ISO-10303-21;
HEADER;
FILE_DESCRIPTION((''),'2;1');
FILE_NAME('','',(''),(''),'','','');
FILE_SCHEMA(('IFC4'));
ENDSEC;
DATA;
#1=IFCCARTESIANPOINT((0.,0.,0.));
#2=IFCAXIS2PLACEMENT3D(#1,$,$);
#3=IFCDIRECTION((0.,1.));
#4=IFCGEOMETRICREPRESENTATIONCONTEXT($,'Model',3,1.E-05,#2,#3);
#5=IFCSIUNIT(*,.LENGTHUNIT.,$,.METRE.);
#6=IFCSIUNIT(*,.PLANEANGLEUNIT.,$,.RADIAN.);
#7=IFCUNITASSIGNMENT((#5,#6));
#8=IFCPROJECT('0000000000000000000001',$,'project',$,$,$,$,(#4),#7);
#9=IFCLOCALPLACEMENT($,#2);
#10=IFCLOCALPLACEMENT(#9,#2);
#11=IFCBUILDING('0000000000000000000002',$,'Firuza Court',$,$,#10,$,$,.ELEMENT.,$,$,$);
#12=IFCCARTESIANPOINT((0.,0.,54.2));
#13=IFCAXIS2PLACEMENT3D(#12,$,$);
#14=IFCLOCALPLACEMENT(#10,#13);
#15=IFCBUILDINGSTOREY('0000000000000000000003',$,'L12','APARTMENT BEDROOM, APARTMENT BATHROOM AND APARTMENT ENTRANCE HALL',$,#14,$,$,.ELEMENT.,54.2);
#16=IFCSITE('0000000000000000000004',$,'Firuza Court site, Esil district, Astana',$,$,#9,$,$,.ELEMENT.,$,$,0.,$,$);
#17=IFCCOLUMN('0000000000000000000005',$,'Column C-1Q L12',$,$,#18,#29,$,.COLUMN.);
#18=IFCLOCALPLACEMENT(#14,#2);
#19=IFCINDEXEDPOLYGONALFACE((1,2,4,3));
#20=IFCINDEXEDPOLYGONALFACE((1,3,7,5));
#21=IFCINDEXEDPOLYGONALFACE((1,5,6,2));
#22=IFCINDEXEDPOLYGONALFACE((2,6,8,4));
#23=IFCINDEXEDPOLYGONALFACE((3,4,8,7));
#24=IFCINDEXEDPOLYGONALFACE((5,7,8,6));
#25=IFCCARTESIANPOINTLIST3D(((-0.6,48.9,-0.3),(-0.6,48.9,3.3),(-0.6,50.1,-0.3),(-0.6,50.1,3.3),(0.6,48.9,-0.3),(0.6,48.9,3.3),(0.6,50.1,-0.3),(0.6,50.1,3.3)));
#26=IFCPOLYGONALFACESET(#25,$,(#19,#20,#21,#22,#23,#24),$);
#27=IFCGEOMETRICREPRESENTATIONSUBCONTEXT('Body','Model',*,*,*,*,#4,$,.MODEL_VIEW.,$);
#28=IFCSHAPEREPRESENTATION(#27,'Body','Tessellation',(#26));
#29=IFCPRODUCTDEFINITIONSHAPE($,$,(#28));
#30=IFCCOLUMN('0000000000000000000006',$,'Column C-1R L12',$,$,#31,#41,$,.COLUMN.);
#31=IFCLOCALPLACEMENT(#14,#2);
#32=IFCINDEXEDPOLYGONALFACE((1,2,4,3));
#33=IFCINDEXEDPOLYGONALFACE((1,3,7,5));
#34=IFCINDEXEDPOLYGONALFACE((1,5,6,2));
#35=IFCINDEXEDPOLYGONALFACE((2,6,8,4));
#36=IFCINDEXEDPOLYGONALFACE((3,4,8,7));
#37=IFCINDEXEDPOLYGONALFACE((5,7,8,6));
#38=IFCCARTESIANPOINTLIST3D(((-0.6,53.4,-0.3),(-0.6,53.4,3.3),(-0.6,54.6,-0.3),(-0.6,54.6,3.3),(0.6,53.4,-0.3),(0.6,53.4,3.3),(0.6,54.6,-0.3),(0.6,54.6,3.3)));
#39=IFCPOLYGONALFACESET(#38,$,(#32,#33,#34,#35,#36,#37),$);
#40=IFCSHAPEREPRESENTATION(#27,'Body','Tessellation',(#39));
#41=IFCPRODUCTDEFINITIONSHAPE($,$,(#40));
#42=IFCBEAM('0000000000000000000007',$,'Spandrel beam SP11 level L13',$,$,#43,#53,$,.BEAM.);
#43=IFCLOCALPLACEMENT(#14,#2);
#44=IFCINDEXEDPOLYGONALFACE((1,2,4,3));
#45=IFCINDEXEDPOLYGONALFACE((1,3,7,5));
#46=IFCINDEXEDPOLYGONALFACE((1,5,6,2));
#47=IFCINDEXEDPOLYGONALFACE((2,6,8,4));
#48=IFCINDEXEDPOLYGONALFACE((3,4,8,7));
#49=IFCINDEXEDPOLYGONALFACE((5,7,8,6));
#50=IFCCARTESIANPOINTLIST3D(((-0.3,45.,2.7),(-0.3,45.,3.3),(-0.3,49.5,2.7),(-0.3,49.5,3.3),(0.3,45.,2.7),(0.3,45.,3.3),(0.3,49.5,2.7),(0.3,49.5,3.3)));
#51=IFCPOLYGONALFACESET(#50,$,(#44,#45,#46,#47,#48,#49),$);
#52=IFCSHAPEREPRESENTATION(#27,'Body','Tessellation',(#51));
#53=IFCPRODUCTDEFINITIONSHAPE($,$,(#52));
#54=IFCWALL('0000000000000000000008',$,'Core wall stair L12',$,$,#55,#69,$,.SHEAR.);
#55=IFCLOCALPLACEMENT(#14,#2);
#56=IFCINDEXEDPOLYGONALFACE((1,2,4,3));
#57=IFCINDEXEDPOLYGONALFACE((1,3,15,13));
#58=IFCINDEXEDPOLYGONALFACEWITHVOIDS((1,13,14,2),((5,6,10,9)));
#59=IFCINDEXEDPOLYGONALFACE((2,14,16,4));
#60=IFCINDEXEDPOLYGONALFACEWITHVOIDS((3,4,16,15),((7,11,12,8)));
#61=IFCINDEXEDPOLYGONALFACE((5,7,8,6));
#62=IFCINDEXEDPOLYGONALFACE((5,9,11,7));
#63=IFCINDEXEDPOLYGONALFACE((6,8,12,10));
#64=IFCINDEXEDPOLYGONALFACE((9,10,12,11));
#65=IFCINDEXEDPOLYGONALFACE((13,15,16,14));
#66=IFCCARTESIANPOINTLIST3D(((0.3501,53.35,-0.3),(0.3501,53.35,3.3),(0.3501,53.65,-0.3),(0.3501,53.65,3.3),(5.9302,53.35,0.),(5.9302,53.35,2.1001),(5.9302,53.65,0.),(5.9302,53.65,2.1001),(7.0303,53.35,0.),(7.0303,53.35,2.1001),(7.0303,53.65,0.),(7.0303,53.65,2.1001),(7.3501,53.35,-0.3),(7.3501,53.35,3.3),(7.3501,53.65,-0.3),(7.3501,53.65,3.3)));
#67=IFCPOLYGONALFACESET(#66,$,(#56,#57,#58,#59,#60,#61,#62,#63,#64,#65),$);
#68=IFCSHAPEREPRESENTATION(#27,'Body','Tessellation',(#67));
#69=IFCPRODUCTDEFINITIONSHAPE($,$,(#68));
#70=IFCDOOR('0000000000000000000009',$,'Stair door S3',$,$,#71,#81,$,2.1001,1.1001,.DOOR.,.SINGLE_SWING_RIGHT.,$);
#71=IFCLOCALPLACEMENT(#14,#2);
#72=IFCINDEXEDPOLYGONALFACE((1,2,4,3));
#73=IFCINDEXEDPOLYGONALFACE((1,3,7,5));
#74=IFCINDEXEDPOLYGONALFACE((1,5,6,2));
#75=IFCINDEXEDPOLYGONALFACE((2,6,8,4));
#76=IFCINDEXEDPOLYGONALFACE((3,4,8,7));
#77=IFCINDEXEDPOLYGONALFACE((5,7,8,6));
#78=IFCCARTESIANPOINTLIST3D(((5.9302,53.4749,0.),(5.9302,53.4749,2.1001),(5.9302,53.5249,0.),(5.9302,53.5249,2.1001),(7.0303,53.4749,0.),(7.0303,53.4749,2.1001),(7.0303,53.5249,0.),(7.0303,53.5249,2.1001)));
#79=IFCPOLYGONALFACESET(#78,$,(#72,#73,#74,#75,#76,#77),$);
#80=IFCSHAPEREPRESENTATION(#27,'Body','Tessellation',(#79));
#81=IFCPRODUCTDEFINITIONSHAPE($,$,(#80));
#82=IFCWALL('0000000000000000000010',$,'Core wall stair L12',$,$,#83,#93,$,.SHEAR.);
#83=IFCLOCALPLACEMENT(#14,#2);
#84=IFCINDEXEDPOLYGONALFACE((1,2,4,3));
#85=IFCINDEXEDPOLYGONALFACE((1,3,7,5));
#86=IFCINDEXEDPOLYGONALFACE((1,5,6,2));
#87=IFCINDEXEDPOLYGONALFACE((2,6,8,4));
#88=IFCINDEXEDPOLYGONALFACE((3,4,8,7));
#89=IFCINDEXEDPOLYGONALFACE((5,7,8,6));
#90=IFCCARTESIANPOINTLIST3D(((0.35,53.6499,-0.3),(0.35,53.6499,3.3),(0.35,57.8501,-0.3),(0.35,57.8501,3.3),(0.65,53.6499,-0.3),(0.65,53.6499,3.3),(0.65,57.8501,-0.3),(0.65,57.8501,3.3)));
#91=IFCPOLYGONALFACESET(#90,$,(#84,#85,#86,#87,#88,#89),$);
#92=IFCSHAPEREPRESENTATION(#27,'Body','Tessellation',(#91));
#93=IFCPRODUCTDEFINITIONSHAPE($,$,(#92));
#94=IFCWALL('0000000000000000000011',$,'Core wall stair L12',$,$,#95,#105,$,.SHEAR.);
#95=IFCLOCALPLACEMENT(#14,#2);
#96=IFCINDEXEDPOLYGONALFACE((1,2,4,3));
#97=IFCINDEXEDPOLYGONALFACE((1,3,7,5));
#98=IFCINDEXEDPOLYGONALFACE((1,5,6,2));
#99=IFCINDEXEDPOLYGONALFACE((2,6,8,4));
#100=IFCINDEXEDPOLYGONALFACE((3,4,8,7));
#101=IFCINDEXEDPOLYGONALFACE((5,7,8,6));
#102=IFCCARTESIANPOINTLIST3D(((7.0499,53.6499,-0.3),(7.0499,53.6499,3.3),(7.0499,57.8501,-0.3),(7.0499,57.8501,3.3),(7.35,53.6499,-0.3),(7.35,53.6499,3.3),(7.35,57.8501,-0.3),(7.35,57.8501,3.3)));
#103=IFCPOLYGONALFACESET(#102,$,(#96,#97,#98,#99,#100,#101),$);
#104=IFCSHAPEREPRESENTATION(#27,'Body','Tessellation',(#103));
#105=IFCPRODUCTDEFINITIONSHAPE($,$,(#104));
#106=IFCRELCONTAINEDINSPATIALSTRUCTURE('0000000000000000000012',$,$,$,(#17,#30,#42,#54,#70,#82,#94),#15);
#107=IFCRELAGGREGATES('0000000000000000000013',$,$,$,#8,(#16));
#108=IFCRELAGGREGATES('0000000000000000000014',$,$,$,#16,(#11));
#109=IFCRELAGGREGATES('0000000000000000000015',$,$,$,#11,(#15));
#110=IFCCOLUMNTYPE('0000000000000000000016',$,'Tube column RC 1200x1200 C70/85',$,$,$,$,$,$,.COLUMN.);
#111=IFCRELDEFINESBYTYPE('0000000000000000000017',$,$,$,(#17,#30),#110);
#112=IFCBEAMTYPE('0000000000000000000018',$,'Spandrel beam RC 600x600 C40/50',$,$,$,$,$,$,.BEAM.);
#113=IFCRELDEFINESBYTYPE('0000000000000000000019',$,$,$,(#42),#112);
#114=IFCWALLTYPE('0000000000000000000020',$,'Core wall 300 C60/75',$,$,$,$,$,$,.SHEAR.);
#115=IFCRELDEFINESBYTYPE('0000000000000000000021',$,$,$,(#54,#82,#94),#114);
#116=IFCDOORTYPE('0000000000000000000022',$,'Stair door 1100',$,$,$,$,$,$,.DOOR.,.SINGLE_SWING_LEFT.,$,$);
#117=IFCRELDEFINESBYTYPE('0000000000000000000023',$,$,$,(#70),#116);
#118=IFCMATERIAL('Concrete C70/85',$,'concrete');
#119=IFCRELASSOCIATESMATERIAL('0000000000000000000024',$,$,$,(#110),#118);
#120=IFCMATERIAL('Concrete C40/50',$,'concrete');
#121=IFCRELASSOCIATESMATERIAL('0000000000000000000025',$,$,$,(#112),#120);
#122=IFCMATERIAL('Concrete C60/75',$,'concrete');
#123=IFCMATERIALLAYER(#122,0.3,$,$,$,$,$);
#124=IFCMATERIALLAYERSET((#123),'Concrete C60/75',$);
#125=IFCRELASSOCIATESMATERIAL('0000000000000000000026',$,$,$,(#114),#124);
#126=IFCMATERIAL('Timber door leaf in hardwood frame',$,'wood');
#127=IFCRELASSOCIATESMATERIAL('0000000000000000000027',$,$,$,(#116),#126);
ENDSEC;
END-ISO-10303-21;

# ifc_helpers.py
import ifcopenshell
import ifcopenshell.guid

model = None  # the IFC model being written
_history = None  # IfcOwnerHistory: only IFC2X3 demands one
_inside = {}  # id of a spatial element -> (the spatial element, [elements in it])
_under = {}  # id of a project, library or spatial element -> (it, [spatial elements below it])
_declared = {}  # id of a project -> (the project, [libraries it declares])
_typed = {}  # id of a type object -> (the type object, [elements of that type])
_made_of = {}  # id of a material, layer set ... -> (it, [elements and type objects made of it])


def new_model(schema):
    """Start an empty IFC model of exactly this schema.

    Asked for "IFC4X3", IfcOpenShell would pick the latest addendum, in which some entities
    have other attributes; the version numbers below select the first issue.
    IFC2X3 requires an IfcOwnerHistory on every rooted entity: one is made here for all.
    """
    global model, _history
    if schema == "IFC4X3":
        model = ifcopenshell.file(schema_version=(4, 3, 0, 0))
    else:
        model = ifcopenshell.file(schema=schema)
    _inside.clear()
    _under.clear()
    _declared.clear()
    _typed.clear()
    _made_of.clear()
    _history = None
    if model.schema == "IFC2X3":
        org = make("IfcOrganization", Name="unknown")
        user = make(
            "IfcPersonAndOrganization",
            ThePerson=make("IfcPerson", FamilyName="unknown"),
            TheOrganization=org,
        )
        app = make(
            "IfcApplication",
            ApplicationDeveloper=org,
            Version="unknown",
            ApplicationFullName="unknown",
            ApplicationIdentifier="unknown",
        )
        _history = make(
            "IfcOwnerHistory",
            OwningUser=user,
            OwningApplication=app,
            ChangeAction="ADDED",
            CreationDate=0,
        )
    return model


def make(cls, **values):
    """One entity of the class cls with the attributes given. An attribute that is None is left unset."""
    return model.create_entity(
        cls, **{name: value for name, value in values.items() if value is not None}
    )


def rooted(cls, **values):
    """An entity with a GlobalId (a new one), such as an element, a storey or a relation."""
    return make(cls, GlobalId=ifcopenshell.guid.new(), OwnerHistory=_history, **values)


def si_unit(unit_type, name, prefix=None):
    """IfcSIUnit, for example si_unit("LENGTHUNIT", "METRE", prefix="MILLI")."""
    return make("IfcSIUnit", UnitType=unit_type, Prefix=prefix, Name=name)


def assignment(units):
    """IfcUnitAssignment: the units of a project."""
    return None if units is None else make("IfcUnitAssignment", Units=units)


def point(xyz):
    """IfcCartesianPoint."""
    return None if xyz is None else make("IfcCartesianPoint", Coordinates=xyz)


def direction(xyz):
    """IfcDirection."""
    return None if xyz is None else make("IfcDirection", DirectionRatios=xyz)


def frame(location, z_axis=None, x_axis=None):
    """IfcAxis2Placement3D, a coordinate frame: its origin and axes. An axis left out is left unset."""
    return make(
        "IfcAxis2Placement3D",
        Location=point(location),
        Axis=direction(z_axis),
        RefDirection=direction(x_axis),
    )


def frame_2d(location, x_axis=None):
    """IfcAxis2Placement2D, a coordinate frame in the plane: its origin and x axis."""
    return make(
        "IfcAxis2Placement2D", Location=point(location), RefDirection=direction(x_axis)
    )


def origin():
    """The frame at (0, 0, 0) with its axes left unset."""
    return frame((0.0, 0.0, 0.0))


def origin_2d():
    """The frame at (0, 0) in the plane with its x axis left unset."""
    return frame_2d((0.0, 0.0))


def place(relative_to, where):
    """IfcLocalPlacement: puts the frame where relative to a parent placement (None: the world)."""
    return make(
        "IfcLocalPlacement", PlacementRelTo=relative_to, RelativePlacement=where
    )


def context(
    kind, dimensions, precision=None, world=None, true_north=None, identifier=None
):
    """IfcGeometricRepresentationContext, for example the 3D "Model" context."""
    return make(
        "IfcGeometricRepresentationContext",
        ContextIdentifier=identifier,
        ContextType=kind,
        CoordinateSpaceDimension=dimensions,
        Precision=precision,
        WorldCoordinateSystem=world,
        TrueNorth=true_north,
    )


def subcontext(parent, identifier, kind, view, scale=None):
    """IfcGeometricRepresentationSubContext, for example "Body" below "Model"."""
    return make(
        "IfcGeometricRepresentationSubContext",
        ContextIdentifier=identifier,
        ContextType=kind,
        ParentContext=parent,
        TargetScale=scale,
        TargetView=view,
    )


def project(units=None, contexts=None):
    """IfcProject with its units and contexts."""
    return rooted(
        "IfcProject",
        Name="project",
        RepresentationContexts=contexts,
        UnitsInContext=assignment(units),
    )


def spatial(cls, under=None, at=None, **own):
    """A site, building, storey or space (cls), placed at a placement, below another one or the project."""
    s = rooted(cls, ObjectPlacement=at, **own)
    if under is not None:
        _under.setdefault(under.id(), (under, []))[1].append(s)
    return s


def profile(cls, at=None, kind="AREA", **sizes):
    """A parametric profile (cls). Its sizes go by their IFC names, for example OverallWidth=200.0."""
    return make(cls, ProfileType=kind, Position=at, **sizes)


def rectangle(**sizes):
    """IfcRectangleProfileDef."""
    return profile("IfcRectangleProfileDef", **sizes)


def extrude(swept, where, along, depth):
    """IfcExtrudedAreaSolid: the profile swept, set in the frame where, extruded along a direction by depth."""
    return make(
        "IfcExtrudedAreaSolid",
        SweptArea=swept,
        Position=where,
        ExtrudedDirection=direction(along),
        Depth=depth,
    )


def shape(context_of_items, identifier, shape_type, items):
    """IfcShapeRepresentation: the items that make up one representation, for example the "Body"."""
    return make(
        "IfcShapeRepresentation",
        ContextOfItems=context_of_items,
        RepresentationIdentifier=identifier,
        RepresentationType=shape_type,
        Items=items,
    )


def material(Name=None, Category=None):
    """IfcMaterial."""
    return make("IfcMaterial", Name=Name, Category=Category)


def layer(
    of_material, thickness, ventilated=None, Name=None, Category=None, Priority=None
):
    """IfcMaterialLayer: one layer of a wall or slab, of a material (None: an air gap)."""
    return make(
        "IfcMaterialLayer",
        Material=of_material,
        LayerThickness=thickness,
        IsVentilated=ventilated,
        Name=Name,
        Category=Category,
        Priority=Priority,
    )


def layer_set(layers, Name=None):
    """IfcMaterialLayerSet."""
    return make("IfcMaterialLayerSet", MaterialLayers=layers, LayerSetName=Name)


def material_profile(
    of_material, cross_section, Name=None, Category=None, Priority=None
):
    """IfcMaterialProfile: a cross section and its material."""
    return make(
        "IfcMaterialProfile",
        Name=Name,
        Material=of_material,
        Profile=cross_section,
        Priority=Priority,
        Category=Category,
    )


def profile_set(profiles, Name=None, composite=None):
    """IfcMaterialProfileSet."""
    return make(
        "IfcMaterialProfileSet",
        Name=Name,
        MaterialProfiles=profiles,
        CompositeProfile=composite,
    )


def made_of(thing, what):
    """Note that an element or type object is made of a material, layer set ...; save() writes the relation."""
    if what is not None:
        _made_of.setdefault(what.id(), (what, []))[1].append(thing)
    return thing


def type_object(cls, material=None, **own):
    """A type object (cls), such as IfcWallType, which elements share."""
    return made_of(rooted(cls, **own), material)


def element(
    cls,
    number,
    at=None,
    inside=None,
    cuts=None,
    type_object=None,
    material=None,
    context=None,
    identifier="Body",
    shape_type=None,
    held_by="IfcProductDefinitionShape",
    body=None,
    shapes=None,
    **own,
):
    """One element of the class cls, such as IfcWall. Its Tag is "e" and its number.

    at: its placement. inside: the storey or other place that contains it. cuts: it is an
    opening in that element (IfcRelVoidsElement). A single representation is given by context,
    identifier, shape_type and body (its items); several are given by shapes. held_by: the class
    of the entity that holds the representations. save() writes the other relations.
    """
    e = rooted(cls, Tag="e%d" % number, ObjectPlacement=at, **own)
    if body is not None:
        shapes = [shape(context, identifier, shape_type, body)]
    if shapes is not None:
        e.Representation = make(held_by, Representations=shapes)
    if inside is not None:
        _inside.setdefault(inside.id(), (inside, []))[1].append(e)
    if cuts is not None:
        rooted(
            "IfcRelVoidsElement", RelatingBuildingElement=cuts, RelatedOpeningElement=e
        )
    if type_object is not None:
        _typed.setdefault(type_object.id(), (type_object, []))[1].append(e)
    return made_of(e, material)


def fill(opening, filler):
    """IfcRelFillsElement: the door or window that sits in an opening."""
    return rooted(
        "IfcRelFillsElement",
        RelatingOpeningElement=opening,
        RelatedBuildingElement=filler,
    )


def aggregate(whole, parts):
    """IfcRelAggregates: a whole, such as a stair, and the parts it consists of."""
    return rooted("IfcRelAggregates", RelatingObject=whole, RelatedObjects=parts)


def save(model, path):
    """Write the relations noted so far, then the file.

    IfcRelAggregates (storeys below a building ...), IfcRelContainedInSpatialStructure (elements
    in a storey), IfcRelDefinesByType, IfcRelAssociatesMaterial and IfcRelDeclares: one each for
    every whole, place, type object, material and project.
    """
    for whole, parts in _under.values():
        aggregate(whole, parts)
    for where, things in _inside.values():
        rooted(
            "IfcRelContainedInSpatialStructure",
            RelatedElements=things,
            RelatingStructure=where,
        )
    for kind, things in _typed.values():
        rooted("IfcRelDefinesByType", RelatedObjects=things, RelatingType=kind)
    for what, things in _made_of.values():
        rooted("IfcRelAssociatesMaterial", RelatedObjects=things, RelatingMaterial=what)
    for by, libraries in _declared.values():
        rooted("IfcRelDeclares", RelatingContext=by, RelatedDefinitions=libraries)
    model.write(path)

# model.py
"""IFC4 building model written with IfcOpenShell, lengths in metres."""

from ifc_helpers import new_model, si_unit, direction, frame, frame_2d, origin, origin_2d, place, context, subcontext, project, spatial, rectangle, extrude, material, layer, layer_set, material_profile, profile_set, type_object, element, fill, save


model = new_model("IFC4")

# Units and contexts
model_context = context("Model", 3, precision=1e-05, world=origin(), true_north=direction((0.0, 1.0)))
body_context = subcontext(model_context, "Body", "Model", "MODEL_VIEW")
ifc_project = project(units=[si_unit("LENGTHUNIT", "METRE"), si_unit("PLANEANGLEUNIT", "RADIAN")], contexts=[model_context])

# Site, building, storey
site_placement = place(None, origin())
site = spatial("IfcSite", under=ifc_project, at=site_placement, Name="Firuza Court site, Esil district, Astana", CompositionType="ELEMENT", RefElevation=0.0)
building_placement = place(site_placement, origin())
building = spatial("IfcBuilding", under=site, at=building_placement, Name="Firuza Court", CompositionType="ELEMENT")
storey_placement = place(building_placement, frame((0.0, 0.0, 54.2)))
storey = spatial("IfcBuildingStorey", under=building, at=storey_placement, Name="L12", Description="APARTMENT BEDROOM, APARTMENT BATHROOM AND APARTMENT ENTRANCE HALL", CompositionType="ELEMENT", Elevation=54.2)

# Columns
ifc_material_1 = material(Name="Concrete C70/85", Category="concrete")
ifc_material_profile_1 = material_profile(ifc_material_1, rectangle(XDim=1.2, YDim=1.2, at=origin_2d()), Name="RC 1200x1200")
ifc_profile_set_1 = profile_set([ifc_material_profile_1], Name="Concrete C70/85")
column_type = type_object("IfcColumnType", Name="Tube column RC 1200x1200 C70/85", PredefinedType="COLUMN", material=ifc_profile_set_1)
for number, where, z_axis, x_axis, name in (
    (1, (0.0, 49.5, -0.3), (0.0, 0.0, 1.0), (1.0, 0.0, 0.0), "Column C-1Q L12"),
    (2, (0.0, 54.0, -0.3), (0.0, 0.0, 1.0), (1.0, 0.0, 0.0), "Column C-1R L12"),
):
    element("IfcColumn", number, at=place(storey_placement, frame(where, z_axis=z_axis, x_axis=x_axis)), inside=storey, type_object=column_type, Name=name, PredefinedType="COLUMN", context=body_context, shape_type="SweptSolid", body=[
        extrude(rectangle(XDim=1.2, YDim=1.2, at=origin_2d()), origin(), (0.0, 0.0, 1.0), 3.6001),
    ])

# Beam
ifc_material_2 = material(Name="Concrete C40/50", Category="concrete")
ifc_material_profile_2 = material_profile(ifc_material_2, rectangle(XDim=0.6001, YDim=0.6001, at=origin_2d()), Name="RC 600x600")
ifc_profile_set_2 = profile_set([ifc_material_profile_2], Name="Concrete C40/50")
beam_type = type_object("IfcBeamType", Name="Spandrel beam RC 600x600 C40/50", PredefinedType="BEAM", material=ifc_profile_set_2)
beam_placement = place(storey_placement, frame((0.0, 49.5, 3.0), z_axis=(0.0, -1.0, 0.0), x_axis=(1.0, 0.0, 0.0)))
element("IfcBeam", 3, at=beam_placement, inside=storey, type_object=beam_type, Name="Spandrel beam SP11 level L13", PredefinedType="BEAM", context=body_context, shape_type="SweptSolid", body=[
    extrude(rectangle(XDim=0.6001, YDim=0.6001, at=origin_2d()), origin(), (0.0, 0.0, 1.0), 4.5),
])

# Wall, opening, door
ifc_material_3 = material(Name="Concrete C60/75", Category="concrete")
ifc_layer_1 = layer(ifc_material_3, 0.3)
ifc_layer_set_1 = layer_set([ifc_layer_1], Name="Concrete C60/75")
wall_type_1 = type_object("IfcWallType", Name="Core wall 300 C60/75", PredefinedType="SHEAR", material=ifc_layer_set_1)
wall_1_placement = place(storey_placement, frame((0.3501, 53.5, -0.3), z_axis=(0.0, 0.0, 1.0), x_axis=(1.0, 0.0, 0.0)))
wall_1 = element("IfcWall", 4, at=wall_1_placement, inside=storey, type_object=wall_type_1, Name="Core wall stair L12", PredefinedType="SHEAR", context=body_context, shape_type="SweptSolid", body=[
    extrude(rectangle(XDim=7.0, YDim=0.3, at=frame_2d((3.5, 0.0))), origin(), (0.0, 0.0, 1.0), 3.6001),
])
opening_1_placement = place(wall_1_placement, frame((5.5801, 0.0, 0.3)))
opening_1 = element("IfcOpeningElement", 5, at=opening_1_placement, cuts=wall_1, PredefinedType="OPENING", context=body_context, shape_type="SweptSolid", body=[
    extrude(rectangle(XDim=1.1001, YDim=2.1001, at=frame_2d((0.55, 1.05))), frame((0.0, 0.1621, 0.0), z_axis=(0.0, -1.0, 0.0), x_axis=(1.0, 0.0, 0.0)), (0.0, 0.0, 1.0), 0.324),
])
ifc_material_4 = material(Name="Timber door leaf in hardwood frame", Category="wood")
door_type_1 = type_object("IfcDoorType", Name="Stair door 1100", OperationType="SINGLE_SWING_LEFT", PredefinedType="DOOR", material=ifc_material_4)
door_1_placement = place(opening_1_placement, origin())
door_1 = element("IfcDoor", 6, at=door_1_placement, inside=storey, type_object=door_type_1, Name="Stair door S3", OperationType="SINGLE_SWING_RIGHT", OverallHeight=2.1001, OverallWidth=1.1001, PredefinedType="DOOR", context=body_context, shape_type="SweptSolid", body=[
    extrude(rectangle(XDim=1.1001, YDim=2.1001, at=frame_2d((0.55, 1.05))), frame((0.0, 0.0249, 0.0), z_axis=(0.0, -1.0, 0.0), x_axis=(1.0, 0.0, 0.0)), (0.0, 0.0, 1.0), 0.05),
])
fill(opening_1, door_1)

# Walls
for number, where, z_axis, x_axis, name in (
    (7, (0.5, 53.6499, -0.3), (0.0, 0.0, 1.0), (0.0, 1.0, 0.0), "Core wall stair L12"),
    (8, (7.2, 53.6499, -0.3), (0.0, 0.0, 1.0), (0.0, 1.0, 0.0), "Core wall stair L12"),
):
    element("IfcWall", number, at=place(storey_placement, frame(where, z_axis=z_axis, x_axis=x_axis)), inside=storey, type_object=wall_type_1, Name=name, PredefinedType="SHEAR", context=body_context, shape_type="SweptSolid", body=[
        extrude(rectangle(XDim=4.2002, YDim=0.3, at=frame_2d((2.1001, 0.0))), origin(), (0.0, 0.0, 1.0), 3.6001),
    ])

save(model, "model.ifc")
